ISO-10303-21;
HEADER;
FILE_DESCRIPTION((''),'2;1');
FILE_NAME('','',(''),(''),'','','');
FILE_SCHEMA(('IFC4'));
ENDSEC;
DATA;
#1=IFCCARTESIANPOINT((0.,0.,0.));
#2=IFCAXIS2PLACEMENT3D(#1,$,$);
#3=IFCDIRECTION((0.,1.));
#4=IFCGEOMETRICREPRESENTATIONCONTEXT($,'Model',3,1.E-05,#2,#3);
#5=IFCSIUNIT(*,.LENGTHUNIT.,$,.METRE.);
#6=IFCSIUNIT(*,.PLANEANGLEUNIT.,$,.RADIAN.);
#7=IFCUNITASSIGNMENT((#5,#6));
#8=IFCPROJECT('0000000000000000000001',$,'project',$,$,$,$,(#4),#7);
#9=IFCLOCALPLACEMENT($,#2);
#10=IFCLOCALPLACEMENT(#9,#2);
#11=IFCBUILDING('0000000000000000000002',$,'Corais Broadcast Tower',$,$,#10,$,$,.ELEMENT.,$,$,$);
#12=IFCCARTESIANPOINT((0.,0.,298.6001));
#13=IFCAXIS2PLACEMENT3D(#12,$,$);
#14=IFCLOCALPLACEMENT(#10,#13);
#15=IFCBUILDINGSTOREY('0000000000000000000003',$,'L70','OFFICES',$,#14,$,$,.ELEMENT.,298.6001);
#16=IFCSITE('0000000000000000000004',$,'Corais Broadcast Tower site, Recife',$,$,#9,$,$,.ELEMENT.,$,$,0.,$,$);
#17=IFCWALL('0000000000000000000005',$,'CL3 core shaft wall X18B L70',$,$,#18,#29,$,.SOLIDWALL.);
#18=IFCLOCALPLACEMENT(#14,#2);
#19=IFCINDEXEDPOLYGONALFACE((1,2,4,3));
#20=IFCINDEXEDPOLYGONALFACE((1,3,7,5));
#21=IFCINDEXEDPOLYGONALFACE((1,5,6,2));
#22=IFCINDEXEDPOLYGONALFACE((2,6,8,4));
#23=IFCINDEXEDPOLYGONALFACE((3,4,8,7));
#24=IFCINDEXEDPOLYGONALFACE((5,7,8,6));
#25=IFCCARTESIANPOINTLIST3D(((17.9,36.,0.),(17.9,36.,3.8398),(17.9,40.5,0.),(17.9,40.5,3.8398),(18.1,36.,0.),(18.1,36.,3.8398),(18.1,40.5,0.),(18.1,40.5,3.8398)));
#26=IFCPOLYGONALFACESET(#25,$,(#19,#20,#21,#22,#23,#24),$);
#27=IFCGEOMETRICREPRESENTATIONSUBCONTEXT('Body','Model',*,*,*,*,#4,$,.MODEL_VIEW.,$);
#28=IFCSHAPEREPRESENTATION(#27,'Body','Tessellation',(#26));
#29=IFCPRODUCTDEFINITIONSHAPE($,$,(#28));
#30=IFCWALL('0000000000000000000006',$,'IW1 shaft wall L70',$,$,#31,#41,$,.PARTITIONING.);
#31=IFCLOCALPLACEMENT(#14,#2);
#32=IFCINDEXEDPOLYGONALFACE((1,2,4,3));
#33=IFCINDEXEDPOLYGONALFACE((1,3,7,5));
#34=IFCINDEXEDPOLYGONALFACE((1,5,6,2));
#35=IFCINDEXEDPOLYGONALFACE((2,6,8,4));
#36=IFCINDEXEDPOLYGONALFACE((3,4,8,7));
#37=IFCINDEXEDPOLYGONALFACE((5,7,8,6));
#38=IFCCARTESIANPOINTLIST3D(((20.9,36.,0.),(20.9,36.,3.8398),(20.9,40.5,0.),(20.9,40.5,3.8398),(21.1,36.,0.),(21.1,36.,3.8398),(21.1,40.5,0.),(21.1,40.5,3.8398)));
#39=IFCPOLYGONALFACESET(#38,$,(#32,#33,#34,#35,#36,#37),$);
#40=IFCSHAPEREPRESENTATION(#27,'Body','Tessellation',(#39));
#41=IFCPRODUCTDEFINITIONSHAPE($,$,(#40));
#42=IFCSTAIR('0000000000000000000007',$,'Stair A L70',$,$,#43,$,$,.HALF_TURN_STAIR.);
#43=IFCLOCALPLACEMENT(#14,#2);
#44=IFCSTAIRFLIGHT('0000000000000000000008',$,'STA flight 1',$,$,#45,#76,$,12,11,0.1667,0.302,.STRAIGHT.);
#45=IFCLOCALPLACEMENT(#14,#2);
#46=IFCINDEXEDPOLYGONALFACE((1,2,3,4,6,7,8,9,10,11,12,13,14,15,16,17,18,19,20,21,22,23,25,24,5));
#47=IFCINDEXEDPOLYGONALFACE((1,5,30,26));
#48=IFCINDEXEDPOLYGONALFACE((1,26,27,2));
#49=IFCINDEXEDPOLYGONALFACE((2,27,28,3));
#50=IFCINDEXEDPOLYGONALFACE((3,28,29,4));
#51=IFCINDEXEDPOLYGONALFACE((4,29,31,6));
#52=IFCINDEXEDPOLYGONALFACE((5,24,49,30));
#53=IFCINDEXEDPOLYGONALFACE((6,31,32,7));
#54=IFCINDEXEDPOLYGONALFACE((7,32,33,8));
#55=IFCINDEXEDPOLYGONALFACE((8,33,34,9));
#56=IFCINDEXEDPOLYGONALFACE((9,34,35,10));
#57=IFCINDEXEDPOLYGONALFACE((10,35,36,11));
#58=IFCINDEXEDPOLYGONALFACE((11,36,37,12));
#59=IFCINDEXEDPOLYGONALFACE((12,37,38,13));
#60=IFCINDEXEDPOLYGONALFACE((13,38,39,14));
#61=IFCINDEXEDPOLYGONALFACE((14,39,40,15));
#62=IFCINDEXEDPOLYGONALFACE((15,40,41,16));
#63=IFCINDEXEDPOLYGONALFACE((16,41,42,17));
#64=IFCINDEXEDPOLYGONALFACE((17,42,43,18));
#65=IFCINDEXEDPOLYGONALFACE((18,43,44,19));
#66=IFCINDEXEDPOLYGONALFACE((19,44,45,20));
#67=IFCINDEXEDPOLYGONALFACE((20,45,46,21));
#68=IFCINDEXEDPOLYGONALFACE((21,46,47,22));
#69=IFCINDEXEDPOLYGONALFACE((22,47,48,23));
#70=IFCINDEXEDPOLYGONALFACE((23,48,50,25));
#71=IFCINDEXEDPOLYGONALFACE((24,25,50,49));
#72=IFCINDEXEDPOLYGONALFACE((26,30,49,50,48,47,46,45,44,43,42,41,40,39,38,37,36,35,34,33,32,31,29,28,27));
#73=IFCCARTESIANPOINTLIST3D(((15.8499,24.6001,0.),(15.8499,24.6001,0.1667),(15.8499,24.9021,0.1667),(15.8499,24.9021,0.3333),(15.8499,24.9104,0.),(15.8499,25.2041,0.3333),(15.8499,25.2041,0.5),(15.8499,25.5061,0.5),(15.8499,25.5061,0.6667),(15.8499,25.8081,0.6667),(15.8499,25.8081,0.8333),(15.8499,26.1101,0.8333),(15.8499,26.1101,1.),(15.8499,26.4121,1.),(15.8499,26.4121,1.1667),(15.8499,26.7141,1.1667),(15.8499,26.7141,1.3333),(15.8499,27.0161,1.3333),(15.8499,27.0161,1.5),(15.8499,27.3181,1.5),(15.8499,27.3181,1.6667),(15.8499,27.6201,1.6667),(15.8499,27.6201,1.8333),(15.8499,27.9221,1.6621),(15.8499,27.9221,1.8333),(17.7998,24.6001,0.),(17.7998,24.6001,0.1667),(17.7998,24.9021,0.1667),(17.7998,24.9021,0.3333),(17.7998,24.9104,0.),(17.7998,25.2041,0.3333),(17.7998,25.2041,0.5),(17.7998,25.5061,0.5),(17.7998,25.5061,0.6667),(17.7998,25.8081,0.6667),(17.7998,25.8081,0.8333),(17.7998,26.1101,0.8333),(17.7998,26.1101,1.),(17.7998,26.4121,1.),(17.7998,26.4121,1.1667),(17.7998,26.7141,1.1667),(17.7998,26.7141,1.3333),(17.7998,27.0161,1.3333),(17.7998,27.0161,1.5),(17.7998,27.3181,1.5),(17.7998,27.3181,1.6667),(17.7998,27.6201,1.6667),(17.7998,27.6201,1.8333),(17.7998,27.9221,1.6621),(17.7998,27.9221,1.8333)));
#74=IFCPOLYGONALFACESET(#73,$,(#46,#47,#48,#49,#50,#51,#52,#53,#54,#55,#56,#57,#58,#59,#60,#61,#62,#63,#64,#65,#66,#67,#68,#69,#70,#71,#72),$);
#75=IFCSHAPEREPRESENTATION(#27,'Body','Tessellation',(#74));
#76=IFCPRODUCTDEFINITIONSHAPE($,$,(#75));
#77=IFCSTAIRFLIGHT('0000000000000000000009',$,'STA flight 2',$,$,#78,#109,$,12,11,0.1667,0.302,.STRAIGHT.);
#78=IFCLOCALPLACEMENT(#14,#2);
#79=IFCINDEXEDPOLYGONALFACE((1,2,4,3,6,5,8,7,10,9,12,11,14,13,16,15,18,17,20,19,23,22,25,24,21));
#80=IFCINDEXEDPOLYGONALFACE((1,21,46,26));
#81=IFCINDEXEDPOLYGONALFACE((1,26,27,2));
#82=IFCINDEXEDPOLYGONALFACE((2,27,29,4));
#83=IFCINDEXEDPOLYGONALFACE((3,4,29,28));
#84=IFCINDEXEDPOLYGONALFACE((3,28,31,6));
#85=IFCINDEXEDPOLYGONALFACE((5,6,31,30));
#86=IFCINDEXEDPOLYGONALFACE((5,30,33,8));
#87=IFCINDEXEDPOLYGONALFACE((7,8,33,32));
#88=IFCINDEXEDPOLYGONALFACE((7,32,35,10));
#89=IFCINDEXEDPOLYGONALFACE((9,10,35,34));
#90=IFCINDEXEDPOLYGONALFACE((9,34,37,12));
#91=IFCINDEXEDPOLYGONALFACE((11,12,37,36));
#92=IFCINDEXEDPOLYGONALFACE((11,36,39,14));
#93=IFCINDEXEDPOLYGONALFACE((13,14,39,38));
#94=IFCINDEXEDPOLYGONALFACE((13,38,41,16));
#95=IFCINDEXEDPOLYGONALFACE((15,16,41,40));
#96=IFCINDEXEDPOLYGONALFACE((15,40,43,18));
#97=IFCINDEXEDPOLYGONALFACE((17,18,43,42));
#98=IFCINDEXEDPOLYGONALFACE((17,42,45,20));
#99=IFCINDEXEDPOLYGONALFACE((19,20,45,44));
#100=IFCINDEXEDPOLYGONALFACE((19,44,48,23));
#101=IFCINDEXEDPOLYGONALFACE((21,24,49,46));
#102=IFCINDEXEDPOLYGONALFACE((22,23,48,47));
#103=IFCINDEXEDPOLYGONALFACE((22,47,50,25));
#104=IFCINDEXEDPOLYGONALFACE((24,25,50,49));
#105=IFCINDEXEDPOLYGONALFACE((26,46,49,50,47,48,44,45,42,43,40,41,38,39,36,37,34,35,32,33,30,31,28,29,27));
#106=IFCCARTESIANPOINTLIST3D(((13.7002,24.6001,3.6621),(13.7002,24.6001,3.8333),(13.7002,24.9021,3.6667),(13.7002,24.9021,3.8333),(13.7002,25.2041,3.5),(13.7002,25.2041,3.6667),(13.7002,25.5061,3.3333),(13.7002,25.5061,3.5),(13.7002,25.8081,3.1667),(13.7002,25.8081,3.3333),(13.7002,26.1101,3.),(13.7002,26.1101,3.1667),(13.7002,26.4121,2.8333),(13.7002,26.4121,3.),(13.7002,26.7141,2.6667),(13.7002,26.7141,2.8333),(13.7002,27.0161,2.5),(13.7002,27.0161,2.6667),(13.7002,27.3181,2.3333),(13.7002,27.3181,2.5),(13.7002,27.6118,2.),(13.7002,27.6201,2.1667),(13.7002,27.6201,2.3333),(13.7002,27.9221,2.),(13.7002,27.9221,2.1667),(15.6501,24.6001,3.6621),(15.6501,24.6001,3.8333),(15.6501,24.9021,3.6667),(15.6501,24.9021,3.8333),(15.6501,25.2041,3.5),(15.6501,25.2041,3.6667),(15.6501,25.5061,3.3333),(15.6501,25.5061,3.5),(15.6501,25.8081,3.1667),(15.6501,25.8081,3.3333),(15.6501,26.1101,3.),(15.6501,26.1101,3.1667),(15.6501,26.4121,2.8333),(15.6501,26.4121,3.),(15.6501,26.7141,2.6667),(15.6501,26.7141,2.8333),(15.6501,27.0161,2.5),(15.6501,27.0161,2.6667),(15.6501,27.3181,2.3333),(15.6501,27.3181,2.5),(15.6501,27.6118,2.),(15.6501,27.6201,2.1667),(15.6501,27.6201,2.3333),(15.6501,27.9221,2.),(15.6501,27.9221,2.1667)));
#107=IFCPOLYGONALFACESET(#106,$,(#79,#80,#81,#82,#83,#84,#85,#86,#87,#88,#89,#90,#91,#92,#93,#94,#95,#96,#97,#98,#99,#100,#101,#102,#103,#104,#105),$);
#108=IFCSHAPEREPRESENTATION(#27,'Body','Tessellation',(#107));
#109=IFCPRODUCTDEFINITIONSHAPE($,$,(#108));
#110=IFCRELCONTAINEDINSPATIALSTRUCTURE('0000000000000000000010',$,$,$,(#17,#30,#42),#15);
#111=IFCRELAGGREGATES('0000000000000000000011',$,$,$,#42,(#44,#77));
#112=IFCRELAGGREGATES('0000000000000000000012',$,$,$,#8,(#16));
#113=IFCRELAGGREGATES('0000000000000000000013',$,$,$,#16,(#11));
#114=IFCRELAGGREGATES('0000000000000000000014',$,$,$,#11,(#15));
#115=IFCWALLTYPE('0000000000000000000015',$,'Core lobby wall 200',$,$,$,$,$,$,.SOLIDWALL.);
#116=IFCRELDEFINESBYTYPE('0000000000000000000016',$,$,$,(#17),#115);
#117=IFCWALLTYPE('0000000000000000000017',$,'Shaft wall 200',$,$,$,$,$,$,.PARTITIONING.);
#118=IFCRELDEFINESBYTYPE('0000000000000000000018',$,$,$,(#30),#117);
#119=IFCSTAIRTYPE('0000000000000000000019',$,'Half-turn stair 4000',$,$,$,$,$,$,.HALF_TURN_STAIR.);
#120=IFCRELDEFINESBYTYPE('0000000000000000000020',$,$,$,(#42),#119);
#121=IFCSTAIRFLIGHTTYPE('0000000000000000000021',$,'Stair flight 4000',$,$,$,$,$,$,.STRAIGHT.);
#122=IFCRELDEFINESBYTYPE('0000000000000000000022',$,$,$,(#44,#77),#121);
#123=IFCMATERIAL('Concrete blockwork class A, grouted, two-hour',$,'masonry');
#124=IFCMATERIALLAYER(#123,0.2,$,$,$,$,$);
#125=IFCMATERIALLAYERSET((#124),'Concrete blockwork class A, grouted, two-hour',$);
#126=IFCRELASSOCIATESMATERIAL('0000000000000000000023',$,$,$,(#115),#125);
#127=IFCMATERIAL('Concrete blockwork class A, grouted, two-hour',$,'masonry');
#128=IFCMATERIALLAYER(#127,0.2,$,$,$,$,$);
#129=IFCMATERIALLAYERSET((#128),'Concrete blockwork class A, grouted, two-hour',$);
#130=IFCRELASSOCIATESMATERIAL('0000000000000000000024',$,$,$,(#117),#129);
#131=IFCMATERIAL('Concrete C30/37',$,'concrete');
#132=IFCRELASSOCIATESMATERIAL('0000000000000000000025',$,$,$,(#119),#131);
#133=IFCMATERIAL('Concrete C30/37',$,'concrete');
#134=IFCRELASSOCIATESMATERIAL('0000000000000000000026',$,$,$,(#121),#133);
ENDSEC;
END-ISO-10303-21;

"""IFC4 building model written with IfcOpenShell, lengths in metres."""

from ifc_helpers import new_model, si_unit, direction, frame, frame_2d, origin, place, context, subcontext, project, spatial, polyline, rectangle, outline, extrude, material, layer, layer_set, type_object, element, aggregate, save


model = new_model("IFC4")

# Units and contexts
model_context = context("Model", 3, precision=1e-05, world=origin(), true_north=direction((0.0, 1.0)))
body_context = subcontext(model_context, "Body", "Model", "MODEL_VIEW")
ifc_project = project(units=[si_unit("LENGTHUNIT", "METRE"), si_unit("PLANEANGLEUNIT", "RADIAN")], contexts=[model_context])

# Site, building, storey
site_placement = place(None, origin())
site = spatial("IfcSite", under=ifc_project, at=site_placement, Name="Corais Broadcast Tower site, Recife", CompositionType="ELEMENT", RefElevation=0.0)
building_placement = place(site_placement, origin())
building = spatial("IfcBuilding", under=site, at=building_placement, Name="Corais Broadcast Tower", CompositionType="ELEMENT")
storey_placement = place(building_placement, frame((0.0, 0.0, 298.6001)))
storey = spatial("IfcBuildingStorey", under=building, at=storey_placement, Name="L70", Description="OFFICES", CompositionType="ELEMENT", Elevation=298.6001)

# Walls
ifc_material_1 = material(Name="Concrete blockwork class A, grouted, two-hour", Category="masonry")
ifc_layer_1 = layer(ifc_material_1, 0.2)
ifc_layer_set_1 = layer_set([ifc_layer_1], Name="Concrete blockwork class A, grouted, two-hour")
wall_type_1 = type_object("IfcWallType", Name="Core lobby wall 200", PredefinedType="SOLIDWALL", material=ifc_layer_set_1)
wall_1_placement = place(storey_placement, frame((18.0, 36.0, 0.0), z_axis=(0.0, 0.0, 1.0), x_axis=(0.0, 1.0, 0.0)))
element("IfcWall", 1, at=wall_1_placement, inside=storey, type_object=wall_type_1, Name="CL3 core shaft wall X18B L70", PredefinedType="SOLIDWALL", context=body_context, shape_type="SweptSolid", body=[
    extrude(rectangle(XDim=4.5, YDim=0.2, at=frame_2d((2.25, 0.0))), origin(), (0.0, 0.0, 1.0), 3.8398),
])
ifc_material_2 = material(Name="Concrete blockwork class A, grouted, two-hour", Category="masonry")
ifc_layer_2 = layer(ifc_material_2, 0.2)
ifc_layer_set_2 = layer_set([ifc_layer_2], Name="Concrete blockwork class A, grouted, two-hour")
wall_type_2 = type_object("IfcWallType", Name="Shaft wall 200", PredefinedType="PARTITIONING", material=ifc_layer_set_2)
wall_2_placement = place(storey_placement, frame((21.0, 36.0, 0.0), z_axis=(0.0, 0.0, 1.0), x_axis=(0.0, 1.0, 0.0)))
element("IfcWall", 2, at=wall_2_placement, inside=storey, type_object=wall_type_2, Name="IW1 shaft wall L70", PredefinedType="PARTITIONING", context=body_context, shape_type="SweptSolid", body=[
    extrude(rectangle(XDim=4.5, YDim=0.2, at=frame_2d((2.25, 0.0))), origin(), (0.0, 0.0, 1.0), 3.8398),
])

# Stair, stair flights
ifc_material_3 = material(Name="Concrete C30/37", Category="concrete")
stair_type = type_object("IfcStairType", Name="Half-turn stair 4000", PredefinedType="HALF_TURN_STAIR", material=ifc_material_3)
stair_placement = place(storey_placement, origin())
stair = element("IfcStair", 3, at=stair_placement, inside=storey, type_object=stair_type, Name="Stair A L70", PredefinedType="HALF_TURN_STAIR")
ifc_material_4 = material(Name="Concrete C30/37", Category="concrete")
stair_flight_type = type_object("IfcStairFlightType", Name="Stair flight 4000", PredefinedType="STRAIGHT", material=ifc_material_4)
stair_flight_1_placement = place(storey_placement, frame((16.825, 24.6001, 0.0), z_axis=(0.0, 0.0, 1.0), x_axis=(0.0, 1.0, 0.0)))
stair_flight_1 = element("IfcStairFlight", 4, at=stair_flight_1_placement, type_object=stair_flight_type, Name="STA flight 1", NumberOfRisers=12, NumberOfTreads=11, PredefinedType="STRAIGHT", RiserHeight=0.1667, TreadLength=0.302, context=body_context, shape_type="SweptSolid", body=[
    extrude(outline(polyline([(0.0, 0.0), (0.0, 0.1667), (0.302, 0.1667), (0.302, 0.3333), (0.604, 0.3333), (0.604, 0.5), (0.906, 0.5), (0.906, 0.6667), (1.208, 0.6667), (1.208, 0.8333), (1.51, 0.8333), (1.51, 1.0), (1.812, 1.0), (1.812, 1.1667), (2.114, 1.1667), (2.114, 1.3333), (2.416, 1.3333), (2.416, 1.5), (2.718, 1.5), (2.718, 1.6667), (3.02, 1.6667), (3.02, 1.8333), (3.322, 1.8333), (3.322, 2.0), (3.322, 1.6621), (0.3103, 0.0), (0.0, 0.0)])), frame((0.0, 0.9751, 0.0), z_axis=(0.0, -1.0, 0.0), x_axis=(1.0, 0.0, 0.0)), (0.0, 0.0, 1.0), 1.95),
])
stair_flight_2_placement = place(storey_placement, frame((14.675, 27.9221, 2.0), z_axis=(0.0, 0.0, 1.0), x_axis=(0.0, -1.0, 0.0)))
stair_flight_2 = element("IfcStairFlight", 5, at=stair_flight_2_placement, type_object=stair_flight_type, Name="STA flight 2", NumberOfRisers=12, NumberOfTreads=11, PredefinedType="STRAIGHT", RiserHeight=0.1667, TreadLength=0.302, context=body_context, shape_type="SweptSolid", body=[
    extrude(outline(polyline([(0.0, 0.0), (0.0, 0.1667), (0.302, 0.1667), (0.302, 0.3333), (0.604, 0.3333), (0.604, 0.5), (0.906, 0.5), (0.906, 0.6667), (1.208, 0.6667), (1.208, 0.8333), (1.51, 0.8333), (1.51, 1.0), (1.812, 1.0), (1.812, 1.1667), (2.114, 1.1667), (2.114, 1.3333), (2.416, 1.3333), (2.416, 1.5), (2.718, 1.5), (2.718, 1.6667), (3.02, 1.6667), (3.02, 1.8333), (3.322, 1.8333), (3.322, 2.0), (3.322, 1.6621), (0.3103, 0.0), (0.0, 0.0)])), frame((0.0, 0.9751, 0.0), z_axis=(0.0, -1.0, 0.0), x_axis=(1.0, 0.0, 0.0)), (0.0, 0.0, 1.0), 1.95),
])
aggregate(stair, [stair_flight_1, stair_flight_2])

save(model, "model.ifc")
